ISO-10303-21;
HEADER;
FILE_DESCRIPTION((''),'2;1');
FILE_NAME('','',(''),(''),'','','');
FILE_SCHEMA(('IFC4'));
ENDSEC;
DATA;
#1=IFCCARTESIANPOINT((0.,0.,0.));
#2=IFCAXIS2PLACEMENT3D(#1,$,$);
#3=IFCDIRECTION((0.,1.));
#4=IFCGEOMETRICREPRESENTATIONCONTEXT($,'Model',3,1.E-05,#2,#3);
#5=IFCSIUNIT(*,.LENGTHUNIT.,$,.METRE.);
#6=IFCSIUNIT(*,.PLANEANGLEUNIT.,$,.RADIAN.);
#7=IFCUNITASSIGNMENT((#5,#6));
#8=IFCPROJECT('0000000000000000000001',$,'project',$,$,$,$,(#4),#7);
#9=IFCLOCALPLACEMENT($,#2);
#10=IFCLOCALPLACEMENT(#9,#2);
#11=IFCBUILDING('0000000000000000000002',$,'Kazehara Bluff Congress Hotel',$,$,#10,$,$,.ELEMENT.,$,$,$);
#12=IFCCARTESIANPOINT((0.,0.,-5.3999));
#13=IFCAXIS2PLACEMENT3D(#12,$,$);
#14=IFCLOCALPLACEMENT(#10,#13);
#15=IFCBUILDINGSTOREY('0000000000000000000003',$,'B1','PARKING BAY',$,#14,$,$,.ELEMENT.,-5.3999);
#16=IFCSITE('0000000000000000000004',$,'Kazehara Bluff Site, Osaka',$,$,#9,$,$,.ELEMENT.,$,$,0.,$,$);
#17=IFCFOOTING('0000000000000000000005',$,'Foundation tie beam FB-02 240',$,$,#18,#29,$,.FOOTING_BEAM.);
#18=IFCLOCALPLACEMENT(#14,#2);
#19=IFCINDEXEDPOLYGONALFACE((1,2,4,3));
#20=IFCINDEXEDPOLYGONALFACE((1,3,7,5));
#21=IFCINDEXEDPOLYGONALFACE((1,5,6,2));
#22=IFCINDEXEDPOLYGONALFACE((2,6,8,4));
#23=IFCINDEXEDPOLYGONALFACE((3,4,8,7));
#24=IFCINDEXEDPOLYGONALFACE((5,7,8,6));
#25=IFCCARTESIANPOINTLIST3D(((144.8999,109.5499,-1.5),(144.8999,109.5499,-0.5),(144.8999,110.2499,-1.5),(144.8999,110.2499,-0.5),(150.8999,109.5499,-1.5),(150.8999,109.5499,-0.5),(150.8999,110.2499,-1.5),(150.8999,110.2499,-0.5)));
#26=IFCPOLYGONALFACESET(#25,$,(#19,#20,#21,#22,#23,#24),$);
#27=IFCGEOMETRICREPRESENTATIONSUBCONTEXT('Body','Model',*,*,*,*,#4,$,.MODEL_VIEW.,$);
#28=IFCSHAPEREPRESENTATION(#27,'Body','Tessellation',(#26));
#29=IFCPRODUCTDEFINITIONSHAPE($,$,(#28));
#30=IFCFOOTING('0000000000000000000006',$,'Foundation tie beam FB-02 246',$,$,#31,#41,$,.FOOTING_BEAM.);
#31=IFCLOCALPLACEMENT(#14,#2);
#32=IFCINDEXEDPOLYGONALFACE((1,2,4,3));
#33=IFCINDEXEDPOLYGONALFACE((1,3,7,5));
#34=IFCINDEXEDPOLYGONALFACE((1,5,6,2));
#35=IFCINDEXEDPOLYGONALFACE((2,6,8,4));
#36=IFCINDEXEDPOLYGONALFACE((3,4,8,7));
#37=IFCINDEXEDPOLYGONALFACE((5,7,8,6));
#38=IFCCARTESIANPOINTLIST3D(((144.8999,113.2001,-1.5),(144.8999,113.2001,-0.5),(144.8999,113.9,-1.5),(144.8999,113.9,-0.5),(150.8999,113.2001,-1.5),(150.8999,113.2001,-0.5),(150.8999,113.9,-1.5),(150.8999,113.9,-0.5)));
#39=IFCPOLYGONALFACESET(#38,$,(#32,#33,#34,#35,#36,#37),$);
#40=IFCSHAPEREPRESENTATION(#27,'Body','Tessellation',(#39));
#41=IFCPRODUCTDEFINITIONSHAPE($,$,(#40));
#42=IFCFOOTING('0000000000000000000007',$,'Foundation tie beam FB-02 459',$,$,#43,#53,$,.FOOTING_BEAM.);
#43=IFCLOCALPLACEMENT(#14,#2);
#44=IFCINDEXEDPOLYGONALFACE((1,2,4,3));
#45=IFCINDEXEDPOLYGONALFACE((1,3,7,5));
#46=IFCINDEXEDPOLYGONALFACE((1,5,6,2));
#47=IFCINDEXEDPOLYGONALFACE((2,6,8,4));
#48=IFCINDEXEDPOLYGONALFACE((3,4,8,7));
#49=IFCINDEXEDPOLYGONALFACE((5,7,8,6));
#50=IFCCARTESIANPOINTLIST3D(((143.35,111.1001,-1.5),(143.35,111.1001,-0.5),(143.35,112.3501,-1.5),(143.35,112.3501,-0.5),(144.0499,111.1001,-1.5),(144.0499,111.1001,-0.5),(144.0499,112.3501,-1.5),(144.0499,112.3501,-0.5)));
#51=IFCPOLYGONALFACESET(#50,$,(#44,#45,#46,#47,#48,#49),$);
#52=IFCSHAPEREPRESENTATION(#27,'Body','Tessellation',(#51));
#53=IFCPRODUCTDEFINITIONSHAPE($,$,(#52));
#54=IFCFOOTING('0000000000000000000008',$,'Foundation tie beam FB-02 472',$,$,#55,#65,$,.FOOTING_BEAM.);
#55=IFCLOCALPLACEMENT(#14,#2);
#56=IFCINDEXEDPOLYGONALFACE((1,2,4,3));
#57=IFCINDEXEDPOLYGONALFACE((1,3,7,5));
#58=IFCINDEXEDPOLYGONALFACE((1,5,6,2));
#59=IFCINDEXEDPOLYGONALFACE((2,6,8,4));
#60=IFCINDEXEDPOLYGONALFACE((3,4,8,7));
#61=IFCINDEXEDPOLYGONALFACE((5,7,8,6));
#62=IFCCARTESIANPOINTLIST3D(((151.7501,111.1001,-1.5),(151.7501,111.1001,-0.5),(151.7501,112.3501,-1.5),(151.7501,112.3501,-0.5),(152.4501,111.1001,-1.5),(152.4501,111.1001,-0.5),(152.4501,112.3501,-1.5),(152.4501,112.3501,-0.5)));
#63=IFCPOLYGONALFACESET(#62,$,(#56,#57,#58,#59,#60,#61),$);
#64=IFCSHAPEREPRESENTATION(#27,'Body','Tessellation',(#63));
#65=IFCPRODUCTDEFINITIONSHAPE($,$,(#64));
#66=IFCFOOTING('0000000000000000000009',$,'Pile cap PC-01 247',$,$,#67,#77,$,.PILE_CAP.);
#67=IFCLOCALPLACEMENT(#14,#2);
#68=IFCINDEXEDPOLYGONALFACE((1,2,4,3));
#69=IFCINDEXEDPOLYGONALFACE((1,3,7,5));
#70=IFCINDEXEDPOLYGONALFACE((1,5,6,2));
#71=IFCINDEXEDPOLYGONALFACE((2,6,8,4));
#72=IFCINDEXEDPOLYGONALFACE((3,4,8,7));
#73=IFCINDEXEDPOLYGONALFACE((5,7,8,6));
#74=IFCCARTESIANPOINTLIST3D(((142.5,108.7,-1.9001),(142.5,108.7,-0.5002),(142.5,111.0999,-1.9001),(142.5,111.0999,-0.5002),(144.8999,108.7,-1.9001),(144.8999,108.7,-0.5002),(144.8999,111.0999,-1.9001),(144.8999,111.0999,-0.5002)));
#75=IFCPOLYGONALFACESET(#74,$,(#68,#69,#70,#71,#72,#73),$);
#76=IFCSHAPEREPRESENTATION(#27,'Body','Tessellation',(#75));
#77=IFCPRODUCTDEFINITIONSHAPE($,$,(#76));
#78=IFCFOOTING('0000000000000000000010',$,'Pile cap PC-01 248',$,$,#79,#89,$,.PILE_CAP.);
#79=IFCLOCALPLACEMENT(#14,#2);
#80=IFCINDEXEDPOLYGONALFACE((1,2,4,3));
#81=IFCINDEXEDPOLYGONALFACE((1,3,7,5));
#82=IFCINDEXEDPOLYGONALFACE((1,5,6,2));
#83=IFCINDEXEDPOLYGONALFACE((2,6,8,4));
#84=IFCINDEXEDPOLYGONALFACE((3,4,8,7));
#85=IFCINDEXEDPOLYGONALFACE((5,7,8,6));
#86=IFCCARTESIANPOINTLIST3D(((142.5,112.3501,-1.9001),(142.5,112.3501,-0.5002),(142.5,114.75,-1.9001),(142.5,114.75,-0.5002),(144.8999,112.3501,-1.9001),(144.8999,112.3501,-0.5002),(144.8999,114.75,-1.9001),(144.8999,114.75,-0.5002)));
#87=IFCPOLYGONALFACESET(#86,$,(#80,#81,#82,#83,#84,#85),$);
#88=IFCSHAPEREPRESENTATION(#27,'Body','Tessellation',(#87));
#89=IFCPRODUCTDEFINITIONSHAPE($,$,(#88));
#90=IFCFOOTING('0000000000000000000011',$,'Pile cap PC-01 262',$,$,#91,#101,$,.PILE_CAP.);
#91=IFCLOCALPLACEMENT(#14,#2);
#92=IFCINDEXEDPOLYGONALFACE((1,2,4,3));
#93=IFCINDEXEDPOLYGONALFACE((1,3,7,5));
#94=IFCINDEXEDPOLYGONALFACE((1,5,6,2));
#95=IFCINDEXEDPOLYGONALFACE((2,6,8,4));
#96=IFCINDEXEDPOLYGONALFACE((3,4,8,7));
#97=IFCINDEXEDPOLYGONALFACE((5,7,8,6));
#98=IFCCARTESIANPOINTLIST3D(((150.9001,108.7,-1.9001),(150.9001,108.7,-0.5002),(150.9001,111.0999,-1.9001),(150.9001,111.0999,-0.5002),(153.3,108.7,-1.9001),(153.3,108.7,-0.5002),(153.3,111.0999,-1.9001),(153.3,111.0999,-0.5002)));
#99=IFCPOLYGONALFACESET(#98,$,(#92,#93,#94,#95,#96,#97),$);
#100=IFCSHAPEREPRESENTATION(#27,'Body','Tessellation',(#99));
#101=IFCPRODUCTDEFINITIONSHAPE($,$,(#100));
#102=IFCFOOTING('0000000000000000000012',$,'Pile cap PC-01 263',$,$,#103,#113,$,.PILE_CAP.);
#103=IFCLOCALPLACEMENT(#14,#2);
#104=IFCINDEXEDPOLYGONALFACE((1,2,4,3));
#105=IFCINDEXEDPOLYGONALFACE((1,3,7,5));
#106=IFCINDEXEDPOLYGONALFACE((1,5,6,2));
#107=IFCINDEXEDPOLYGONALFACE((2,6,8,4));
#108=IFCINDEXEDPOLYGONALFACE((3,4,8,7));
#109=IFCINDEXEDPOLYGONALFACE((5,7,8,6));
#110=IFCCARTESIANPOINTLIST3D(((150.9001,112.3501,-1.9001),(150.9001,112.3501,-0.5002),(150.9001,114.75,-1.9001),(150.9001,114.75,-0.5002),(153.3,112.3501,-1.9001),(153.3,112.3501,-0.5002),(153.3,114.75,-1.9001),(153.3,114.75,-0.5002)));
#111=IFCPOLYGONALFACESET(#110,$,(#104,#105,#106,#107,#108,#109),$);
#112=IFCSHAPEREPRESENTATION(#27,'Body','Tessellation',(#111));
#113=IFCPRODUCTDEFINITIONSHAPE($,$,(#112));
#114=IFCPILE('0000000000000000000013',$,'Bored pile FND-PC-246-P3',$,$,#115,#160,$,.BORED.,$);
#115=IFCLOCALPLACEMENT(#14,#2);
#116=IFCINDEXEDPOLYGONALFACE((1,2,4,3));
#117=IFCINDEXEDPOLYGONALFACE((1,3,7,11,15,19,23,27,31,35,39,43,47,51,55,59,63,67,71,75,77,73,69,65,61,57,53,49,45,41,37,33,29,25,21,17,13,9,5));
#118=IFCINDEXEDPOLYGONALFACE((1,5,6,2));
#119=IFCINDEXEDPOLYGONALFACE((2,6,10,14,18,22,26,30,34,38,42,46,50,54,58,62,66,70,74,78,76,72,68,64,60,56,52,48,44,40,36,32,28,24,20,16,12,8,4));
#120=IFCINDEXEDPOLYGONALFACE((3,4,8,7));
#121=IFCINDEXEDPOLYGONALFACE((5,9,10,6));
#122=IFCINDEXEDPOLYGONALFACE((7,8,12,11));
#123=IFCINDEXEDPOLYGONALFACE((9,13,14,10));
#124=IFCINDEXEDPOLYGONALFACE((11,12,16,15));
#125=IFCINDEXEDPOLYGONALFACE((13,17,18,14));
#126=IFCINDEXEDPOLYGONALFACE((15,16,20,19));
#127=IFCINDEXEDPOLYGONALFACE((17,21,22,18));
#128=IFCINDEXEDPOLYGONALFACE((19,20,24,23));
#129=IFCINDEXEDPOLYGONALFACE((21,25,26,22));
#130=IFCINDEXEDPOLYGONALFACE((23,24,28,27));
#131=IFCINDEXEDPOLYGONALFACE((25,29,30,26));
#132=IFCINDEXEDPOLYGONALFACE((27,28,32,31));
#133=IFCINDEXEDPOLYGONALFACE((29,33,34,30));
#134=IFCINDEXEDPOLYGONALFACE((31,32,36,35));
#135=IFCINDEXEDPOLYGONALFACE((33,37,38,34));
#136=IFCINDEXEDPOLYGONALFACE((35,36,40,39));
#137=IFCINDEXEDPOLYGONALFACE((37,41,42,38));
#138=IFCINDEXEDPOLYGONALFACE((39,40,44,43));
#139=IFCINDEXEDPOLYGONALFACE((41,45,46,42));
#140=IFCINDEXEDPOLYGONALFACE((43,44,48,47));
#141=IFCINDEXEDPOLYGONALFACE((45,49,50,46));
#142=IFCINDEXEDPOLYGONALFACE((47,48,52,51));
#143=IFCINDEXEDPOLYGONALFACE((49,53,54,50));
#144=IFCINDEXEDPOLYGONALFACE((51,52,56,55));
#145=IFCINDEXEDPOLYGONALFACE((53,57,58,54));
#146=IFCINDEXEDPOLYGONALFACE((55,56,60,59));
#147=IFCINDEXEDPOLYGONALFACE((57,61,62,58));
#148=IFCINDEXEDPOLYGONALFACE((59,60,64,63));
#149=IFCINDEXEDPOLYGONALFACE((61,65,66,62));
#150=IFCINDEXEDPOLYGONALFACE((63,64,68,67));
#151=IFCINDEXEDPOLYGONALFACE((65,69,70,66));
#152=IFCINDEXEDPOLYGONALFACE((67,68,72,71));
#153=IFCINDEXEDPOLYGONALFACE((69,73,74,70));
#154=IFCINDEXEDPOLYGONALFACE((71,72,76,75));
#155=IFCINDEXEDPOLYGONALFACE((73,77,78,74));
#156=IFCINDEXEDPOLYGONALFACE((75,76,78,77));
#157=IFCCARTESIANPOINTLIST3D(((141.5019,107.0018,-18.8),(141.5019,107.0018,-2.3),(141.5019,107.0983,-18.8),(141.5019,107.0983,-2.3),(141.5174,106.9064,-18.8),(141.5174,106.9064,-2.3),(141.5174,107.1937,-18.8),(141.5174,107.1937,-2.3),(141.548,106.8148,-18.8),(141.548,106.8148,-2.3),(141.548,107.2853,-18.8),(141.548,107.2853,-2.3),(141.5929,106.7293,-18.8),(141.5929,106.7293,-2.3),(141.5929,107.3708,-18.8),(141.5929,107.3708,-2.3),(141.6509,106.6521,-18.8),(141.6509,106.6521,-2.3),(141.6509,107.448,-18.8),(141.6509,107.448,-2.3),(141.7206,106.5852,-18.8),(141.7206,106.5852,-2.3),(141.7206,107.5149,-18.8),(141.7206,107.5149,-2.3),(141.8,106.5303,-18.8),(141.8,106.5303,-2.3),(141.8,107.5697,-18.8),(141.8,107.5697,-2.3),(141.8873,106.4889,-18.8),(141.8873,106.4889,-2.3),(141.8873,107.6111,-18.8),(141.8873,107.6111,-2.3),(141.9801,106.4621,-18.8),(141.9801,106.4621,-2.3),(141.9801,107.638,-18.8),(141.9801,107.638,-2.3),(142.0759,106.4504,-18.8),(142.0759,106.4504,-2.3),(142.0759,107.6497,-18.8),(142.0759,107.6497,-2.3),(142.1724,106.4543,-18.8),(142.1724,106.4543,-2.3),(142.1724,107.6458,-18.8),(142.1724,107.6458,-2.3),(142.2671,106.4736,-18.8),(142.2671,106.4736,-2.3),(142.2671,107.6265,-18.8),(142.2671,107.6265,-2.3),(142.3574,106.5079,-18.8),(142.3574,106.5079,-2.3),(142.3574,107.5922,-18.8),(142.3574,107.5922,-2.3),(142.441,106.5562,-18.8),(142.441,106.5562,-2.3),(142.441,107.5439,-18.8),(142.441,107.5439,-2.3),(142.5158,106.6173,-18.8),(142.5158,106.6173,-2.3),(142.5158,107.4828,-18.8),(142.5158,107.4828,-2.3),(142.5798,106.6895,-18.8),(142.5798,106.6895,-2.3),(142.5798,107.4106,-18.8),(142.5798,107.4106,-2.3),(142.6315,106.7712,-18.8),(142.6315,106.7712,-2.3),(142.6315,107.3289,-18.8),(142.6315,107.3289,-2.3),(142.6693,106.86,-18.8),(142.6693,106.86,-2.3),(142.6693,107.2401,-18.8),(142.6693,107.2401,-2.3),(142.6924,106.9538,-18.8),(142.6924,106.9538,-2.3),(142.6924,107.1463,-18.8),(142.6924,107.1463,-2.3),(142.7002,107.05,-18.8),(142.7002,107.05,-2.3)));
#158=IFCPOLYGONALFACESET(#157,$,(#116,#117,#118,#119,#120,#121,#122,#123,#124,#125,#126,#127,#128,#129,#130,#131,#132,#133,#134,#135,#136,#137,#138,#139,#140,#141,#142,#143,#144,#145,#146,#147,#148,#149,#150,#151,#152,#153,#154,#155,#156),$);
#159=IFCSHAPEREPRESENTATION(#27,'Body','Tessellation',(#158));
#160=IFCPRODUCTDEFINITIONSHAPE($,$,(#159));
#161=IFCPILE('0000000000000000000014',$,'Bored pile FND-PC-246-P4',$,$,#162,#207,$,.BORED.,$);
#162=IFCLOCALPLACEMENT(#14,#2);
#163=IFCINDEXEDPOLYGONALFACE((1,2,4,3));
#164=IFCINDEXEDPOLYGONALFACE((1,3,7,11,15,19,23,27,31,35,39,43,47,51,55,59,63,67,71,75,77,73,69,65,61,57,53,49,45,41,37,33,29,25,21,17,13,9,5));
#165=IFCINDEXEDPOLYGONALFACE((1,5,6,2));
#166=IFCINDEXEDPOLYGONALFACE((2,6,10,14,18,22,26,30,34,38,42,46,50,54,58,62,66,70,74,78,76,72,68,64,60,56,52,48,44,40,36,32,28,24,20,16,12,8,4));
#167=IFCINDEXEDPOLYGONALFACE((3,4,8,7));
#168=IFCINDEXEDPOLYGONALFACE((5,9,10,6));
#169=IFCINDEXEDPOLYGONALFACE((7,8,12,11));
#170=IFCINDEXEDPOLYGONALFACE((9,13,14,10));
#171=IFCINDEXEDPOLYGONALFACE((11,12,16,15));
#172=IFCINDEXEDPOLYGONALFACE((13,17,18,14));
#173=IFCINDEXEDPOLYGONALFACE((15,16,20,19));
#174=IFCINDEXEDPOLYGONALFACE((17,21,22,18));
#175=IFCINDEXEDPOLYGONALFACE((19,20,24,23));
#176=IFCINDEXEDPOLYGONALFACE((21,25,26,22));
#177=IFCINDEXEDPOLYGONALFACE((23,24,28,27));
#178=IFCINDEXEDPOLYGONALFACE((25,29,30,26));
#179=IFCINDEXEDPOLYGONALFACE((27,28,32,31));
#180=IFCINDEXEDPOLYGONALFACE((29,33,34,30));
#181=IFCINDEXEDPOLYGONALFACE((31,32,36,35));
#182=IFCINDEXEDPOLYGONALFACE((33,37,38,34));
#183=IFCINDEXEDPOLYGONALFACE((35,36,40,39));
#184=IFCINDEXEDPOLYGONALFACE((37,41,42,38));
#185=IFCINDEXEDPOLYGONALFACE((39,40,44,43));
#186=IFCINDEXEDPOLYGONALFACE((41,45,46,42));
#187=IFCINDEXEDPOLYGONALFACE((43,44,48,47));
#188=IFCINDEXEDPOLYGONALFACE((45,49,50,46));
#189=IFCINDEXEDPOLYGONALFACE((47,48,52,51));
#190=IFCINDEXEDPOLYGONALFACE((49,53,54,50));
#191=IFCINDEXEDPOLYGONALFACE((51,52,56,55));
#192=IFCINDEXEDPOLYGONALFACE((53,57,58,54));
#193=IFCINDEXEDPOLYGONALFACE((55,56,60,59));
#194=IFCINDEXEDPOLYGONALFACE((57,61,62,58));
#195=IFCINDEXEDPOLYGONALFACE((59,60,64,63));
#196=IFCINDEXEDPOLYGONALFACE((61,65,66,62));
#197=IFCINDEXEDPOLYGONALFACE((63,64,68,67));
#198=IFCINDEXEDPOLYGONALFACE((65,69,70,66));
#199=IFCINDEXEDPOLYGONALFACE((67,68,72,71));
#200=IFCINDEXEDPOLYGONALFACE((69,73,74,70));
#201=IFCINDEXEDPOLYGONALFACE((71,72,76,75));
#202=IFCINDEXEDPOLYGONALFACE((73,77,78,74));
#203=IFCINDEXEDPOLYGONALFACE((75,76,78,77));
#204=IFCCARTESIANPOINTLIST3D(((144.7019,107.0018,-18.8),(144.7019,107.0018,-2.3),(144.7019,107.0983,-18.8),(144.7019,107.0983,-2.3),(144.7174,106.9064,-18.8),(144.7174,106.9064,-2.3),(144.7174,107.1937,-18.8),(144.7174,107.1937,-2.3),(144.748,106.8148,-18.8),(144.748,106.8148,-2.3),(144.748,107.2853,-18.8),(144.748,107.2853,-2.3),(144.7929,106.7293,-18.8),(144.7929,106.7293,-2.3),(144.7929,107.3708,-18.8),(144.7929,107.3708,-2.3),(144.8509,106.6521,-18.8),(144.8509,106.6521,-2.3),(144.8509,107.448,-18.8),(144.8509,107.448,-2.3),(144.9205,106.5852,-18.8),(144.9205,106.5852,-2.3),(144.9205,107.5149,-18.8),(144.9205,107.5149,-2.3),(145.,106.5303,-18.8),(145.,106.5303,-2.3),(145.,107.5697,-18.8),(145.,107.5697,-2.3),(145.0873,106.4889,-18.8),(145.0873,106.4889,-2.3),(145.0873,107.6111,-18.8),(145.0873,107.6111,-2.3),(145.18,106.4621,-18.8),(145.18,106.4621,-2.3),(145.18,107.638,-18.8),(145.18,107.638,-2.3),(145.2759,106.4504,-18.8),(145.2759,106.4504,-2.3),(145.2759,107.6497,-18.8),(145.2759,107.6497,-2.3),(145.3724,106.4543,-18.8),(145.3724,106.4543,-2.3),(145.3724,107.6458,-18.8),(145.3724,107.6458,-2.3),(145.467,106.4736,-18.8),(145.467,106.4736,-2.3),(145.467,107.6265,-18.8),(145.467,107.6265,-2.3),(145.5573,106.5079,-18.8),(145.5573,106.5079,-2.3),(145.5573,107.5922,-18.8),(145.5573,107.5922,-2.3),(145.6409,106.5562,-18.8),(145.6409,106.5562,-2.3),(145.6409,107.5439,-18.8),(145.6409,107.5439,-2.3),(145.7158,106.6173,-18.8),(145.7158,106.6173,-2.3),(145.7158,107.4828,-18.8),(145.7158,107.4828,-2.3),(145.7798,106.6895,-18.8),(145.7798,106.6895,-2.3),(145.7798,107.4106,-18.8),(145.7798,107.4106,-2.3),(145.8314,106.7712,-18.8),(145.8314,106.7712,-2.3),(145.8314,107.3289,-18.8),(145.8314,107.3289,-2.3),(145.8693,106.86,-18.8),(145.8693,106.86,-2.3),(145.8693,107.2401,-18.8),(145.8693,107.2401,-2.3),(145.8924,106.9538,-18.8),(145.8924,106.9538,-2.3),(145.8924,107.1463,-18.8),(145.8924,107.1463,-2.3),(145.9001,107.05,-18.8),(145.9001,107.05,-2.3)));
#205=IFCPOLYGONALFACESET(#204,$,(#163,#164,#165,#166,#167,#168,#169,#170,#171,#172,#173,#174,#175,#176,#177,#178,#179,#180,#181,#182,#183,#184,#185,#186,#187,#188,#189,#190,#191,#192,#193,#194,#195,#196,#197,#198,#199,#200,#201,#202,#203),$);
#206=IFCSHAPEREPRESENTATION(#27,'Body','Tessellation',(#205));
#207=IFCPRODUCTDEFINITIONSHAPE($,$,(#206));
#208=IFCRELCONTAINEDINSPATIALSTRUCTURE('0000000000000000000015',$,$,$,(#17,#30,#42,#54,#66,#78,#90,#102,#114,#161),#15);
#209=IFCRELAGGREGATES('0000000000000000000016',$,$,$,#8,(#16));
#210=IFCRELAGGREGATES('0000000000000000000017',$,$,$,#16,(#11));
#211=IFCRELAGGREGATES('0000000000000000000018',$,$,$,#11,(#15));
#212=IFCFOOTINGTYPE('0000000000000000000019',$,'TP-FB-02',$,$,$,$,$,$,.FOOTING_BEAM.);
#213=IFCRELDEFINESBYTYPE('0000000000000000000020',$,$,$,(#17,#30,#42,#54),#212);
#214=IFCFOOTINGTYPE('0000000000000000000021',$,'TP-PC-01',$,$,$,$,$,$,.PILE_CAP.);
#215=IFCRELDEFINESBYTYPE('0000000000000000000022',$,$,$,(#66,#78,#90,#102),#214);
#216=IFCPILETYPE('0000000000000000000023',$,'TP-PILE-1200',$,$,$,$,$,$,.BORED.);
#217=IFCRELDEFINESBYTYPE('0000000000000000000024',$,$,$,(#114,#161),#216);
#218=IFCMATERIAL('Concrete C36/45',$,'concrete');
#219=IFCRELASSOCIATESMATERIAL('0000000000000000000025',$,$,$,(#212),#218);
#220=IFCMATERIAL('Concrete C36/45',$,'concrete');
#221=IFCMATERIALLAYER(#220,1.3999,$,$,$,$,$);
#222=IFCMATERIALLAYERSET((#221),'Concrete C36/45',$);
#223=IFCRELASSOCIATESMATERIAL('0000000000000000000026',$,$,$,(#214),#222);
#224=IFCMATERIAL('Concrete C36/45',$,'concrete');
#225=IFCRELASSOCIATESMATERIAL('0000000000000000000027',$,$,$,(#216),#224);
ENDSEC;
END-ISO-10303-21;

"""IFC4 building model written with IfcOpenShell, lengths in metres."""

from ifc_helpers import new_model, si_unit, direction, frame, origin, origin_2d, place, context, subcontext, project, spatial, rectangle, circle, extrude, material, layer, layer_set, material_profile, profile_set, type_object, element, save


model = new_model("IFC4")

# Units and contexts
model_context = context("Model", 3, precision=1e-05, world=origin(), true_north=direction((0.0, 1.0)))
body_context = subcontext(model_context, "Body", "Model", "MODEL_VIEW")
ifc_project = project(units=[si_unit("LENGTHUNIT", "METRE"), si_unit("PLANEANGLEUNIT", "RADIAN")], contexts=[model_context])

# Site, building, storey
site_placement = place(None, origin())
site = spatial("IfcSite", under=ifc_project, at=site_placement, Name="Kazehara Bluff Site, Osaka", CompositionType="ELEMENT", RefElevation=0.0)
building_placement = place(site_placement, origin())
building = spatial("IfcBuilding", under=site, at=building_placement, Name="Kazehara Bluff Congress Hotel", CompositionType="ELEMENT")
storey_placement = place(building_placement, frame((0.0, 0.0, -5.3999)))
storey = spatial("IfcBuildingStorey", under=building, at=storey_placement, Name="B1", Description="PARKING BAY", CompositionType="ELEMENT", Elevation=-5.3999)

# Footings
ifc_material_1 = material(Name="Concrete C36/45", Category="concrete")
ifc_material_profile_1 = material_profile(ifc_material_1, rectangle(XDim=0.7, YDim=1.0, at=origin_2d()))
ifc_profile_set_1 = profile_set([ifc_material_profile_1], Name="Concrete C36/45")
footing_type_1 = type_object("IfcFootingType", Name="TP-FB-02", PredefinedType="FOOTING_BEAM", material=ifc_profile_set_1)
for number, where, z_axis, x_axis, name in (
    (1, (144.8999, 109.8999, -1.0), (1.0, 0.0, 0.0), (0.0, 1.0, 0.0), "Foundation tie beam FB-02 240"),
    (2, (144.8999, 113.55, -1.0), (1.0, 0.0, 0.0), (0.0, 1.0, 0.0), "Foundation tie beam FB-02 246"),
):
    element("IfcFooting", number, at=place(storey_placement, frame(where, z_axis=z_axis, x_axis=x_axis)), inside=storey, type_object=footing_type_1, Name=name, PredefinedType="FOOTING_BEAM", context=body_context, shape_type="SweptSolid", body=[
        extrude(rectangle(XDim=0.7, YDim=1.0, at=origin_2d()), origin(), (0.0, 0.0, 1.0), 6.0),
    ])
for number, where, z_axis, x_axis, name in (
    (3, (143.7, 111.1001, -1.0), (0.0, 1.0, 0.0), (-1.0, 0.0, 0.0), "Foundation tie beam FB-02 459"),
    (4, (152.1001, 111.1001, -1.0), (0.0, 1.0, 0.0), (-1.0, 0.0, 0.0), "Foundation tie beam FB-02 472"),
):
    element("IfcFooting", number, at=place(storey_placement, frame(where, z_axis=z_axis, x_axis=x_axis)), inside=storey, type_object=footing_type_1, Name=name, PredefinedType="FOOTING_BEAM", context=body_context, shape_type="SweptSolid", body=[
        extrude(rectangle(XDim=0.7, YDim=1.0, at=origin_2d()), origin(), (0.0, 0.0, 1.0), 1.25),
    ])
ifc_material_2 = material(Name="Concrete C36/45", Category="concrete")
ifc_layer_1 = layer(ifc_material_2, 1.3999)
ifc_layer_set_1 = layer_set([ifc_layer_1], Name="Concrete C36/45")
footing_type_2 = type_object("IfcFootingType", Name="TP-PC-01", PredefinedType="PILE_CAP", material=ifc_layer_set_1)
for number, where, z_axis, x_axis, name in (
    (5, (143.7, 109.8999, -1.9001), (0.0, 0.0, 1.0), (1.0, 0.0, 0.0), "Pile cap PC-01 247"),
    (6, (143.7, 113.55, -1.9001), (0.0, 0.0, 1.0), (1.0, 0.0, 0.0), "Pile cap PC-01 248"),
    (7, (152.1001, 109.8999, -1.9001), (0.0, 0.0, 1.0), (1.0, 0.0, 0.0), "Pile cap PC-01 262"),
    (8, (152.1001, 113.55, -1.9001), (0.0, 0.0, 1.0), (1.0, 0.0, 0.0), "Pile cap PC-01 263"),
):
    element("IfcFooting", number, at=place(storey_placement, frame(where, z_axis=z_axis, x_axis=x_axis)), inside=storey, type_object=footing_type_2, Name=name, PredefinedType="PILE_CAP", context=body_context, shape_type="SweptSolid", body=[
        extrude(rectangle(XDim=2.3999, YDim=2.3999, at=origin_2d()), origin(), (0.0, 0.0, 1.0), 1.3999),
    ])

# Piles
ifc_material_3 = material(Name="Concrete C36/45", Category="concrete")
ifc_material_profile_2 = material_profile(ifc_material_3, circle(Radius=0.6001, at=origin_2d()))
ifc_profile_set_2 = profile_set([ifc_material_profile_2], Name="Concrete C36/45")
pile_type = type_object("IfcPileType", Name="TP-PILE-1200", PredefinedType="BORED", material=ifc_profile_set_2)
for number, where, z_axis, x_axis, name in (
    (9, (142.1001, 107.05, -2.3), (0.0, 0.0, -1.0), (1.0, 0.0, 0.0), "Bored pile FND-PC-246-P3"),
    (10, (145.3, 107.05, -2.3), (0.0, 0.0, -1.0), (1.0, 0.0, 0.0), "Bored pile FND-PC-246-P4"),
):
    element("IfcPile", number, at=place(storey_placement, frame(where, z_axis=z_axis, x_axis=x_axis)), inside=storey, type_object=pile_type, Name=name, PredefinedType="BORED", context=body_context, shape_type="SweptSolid", body=[
        extrude(circle(Radius=0.6001, at=origin_2d()), origin(), (0.0, 0.0, 1.0), 16.5),
    ])

save(model, "model.ifc")
